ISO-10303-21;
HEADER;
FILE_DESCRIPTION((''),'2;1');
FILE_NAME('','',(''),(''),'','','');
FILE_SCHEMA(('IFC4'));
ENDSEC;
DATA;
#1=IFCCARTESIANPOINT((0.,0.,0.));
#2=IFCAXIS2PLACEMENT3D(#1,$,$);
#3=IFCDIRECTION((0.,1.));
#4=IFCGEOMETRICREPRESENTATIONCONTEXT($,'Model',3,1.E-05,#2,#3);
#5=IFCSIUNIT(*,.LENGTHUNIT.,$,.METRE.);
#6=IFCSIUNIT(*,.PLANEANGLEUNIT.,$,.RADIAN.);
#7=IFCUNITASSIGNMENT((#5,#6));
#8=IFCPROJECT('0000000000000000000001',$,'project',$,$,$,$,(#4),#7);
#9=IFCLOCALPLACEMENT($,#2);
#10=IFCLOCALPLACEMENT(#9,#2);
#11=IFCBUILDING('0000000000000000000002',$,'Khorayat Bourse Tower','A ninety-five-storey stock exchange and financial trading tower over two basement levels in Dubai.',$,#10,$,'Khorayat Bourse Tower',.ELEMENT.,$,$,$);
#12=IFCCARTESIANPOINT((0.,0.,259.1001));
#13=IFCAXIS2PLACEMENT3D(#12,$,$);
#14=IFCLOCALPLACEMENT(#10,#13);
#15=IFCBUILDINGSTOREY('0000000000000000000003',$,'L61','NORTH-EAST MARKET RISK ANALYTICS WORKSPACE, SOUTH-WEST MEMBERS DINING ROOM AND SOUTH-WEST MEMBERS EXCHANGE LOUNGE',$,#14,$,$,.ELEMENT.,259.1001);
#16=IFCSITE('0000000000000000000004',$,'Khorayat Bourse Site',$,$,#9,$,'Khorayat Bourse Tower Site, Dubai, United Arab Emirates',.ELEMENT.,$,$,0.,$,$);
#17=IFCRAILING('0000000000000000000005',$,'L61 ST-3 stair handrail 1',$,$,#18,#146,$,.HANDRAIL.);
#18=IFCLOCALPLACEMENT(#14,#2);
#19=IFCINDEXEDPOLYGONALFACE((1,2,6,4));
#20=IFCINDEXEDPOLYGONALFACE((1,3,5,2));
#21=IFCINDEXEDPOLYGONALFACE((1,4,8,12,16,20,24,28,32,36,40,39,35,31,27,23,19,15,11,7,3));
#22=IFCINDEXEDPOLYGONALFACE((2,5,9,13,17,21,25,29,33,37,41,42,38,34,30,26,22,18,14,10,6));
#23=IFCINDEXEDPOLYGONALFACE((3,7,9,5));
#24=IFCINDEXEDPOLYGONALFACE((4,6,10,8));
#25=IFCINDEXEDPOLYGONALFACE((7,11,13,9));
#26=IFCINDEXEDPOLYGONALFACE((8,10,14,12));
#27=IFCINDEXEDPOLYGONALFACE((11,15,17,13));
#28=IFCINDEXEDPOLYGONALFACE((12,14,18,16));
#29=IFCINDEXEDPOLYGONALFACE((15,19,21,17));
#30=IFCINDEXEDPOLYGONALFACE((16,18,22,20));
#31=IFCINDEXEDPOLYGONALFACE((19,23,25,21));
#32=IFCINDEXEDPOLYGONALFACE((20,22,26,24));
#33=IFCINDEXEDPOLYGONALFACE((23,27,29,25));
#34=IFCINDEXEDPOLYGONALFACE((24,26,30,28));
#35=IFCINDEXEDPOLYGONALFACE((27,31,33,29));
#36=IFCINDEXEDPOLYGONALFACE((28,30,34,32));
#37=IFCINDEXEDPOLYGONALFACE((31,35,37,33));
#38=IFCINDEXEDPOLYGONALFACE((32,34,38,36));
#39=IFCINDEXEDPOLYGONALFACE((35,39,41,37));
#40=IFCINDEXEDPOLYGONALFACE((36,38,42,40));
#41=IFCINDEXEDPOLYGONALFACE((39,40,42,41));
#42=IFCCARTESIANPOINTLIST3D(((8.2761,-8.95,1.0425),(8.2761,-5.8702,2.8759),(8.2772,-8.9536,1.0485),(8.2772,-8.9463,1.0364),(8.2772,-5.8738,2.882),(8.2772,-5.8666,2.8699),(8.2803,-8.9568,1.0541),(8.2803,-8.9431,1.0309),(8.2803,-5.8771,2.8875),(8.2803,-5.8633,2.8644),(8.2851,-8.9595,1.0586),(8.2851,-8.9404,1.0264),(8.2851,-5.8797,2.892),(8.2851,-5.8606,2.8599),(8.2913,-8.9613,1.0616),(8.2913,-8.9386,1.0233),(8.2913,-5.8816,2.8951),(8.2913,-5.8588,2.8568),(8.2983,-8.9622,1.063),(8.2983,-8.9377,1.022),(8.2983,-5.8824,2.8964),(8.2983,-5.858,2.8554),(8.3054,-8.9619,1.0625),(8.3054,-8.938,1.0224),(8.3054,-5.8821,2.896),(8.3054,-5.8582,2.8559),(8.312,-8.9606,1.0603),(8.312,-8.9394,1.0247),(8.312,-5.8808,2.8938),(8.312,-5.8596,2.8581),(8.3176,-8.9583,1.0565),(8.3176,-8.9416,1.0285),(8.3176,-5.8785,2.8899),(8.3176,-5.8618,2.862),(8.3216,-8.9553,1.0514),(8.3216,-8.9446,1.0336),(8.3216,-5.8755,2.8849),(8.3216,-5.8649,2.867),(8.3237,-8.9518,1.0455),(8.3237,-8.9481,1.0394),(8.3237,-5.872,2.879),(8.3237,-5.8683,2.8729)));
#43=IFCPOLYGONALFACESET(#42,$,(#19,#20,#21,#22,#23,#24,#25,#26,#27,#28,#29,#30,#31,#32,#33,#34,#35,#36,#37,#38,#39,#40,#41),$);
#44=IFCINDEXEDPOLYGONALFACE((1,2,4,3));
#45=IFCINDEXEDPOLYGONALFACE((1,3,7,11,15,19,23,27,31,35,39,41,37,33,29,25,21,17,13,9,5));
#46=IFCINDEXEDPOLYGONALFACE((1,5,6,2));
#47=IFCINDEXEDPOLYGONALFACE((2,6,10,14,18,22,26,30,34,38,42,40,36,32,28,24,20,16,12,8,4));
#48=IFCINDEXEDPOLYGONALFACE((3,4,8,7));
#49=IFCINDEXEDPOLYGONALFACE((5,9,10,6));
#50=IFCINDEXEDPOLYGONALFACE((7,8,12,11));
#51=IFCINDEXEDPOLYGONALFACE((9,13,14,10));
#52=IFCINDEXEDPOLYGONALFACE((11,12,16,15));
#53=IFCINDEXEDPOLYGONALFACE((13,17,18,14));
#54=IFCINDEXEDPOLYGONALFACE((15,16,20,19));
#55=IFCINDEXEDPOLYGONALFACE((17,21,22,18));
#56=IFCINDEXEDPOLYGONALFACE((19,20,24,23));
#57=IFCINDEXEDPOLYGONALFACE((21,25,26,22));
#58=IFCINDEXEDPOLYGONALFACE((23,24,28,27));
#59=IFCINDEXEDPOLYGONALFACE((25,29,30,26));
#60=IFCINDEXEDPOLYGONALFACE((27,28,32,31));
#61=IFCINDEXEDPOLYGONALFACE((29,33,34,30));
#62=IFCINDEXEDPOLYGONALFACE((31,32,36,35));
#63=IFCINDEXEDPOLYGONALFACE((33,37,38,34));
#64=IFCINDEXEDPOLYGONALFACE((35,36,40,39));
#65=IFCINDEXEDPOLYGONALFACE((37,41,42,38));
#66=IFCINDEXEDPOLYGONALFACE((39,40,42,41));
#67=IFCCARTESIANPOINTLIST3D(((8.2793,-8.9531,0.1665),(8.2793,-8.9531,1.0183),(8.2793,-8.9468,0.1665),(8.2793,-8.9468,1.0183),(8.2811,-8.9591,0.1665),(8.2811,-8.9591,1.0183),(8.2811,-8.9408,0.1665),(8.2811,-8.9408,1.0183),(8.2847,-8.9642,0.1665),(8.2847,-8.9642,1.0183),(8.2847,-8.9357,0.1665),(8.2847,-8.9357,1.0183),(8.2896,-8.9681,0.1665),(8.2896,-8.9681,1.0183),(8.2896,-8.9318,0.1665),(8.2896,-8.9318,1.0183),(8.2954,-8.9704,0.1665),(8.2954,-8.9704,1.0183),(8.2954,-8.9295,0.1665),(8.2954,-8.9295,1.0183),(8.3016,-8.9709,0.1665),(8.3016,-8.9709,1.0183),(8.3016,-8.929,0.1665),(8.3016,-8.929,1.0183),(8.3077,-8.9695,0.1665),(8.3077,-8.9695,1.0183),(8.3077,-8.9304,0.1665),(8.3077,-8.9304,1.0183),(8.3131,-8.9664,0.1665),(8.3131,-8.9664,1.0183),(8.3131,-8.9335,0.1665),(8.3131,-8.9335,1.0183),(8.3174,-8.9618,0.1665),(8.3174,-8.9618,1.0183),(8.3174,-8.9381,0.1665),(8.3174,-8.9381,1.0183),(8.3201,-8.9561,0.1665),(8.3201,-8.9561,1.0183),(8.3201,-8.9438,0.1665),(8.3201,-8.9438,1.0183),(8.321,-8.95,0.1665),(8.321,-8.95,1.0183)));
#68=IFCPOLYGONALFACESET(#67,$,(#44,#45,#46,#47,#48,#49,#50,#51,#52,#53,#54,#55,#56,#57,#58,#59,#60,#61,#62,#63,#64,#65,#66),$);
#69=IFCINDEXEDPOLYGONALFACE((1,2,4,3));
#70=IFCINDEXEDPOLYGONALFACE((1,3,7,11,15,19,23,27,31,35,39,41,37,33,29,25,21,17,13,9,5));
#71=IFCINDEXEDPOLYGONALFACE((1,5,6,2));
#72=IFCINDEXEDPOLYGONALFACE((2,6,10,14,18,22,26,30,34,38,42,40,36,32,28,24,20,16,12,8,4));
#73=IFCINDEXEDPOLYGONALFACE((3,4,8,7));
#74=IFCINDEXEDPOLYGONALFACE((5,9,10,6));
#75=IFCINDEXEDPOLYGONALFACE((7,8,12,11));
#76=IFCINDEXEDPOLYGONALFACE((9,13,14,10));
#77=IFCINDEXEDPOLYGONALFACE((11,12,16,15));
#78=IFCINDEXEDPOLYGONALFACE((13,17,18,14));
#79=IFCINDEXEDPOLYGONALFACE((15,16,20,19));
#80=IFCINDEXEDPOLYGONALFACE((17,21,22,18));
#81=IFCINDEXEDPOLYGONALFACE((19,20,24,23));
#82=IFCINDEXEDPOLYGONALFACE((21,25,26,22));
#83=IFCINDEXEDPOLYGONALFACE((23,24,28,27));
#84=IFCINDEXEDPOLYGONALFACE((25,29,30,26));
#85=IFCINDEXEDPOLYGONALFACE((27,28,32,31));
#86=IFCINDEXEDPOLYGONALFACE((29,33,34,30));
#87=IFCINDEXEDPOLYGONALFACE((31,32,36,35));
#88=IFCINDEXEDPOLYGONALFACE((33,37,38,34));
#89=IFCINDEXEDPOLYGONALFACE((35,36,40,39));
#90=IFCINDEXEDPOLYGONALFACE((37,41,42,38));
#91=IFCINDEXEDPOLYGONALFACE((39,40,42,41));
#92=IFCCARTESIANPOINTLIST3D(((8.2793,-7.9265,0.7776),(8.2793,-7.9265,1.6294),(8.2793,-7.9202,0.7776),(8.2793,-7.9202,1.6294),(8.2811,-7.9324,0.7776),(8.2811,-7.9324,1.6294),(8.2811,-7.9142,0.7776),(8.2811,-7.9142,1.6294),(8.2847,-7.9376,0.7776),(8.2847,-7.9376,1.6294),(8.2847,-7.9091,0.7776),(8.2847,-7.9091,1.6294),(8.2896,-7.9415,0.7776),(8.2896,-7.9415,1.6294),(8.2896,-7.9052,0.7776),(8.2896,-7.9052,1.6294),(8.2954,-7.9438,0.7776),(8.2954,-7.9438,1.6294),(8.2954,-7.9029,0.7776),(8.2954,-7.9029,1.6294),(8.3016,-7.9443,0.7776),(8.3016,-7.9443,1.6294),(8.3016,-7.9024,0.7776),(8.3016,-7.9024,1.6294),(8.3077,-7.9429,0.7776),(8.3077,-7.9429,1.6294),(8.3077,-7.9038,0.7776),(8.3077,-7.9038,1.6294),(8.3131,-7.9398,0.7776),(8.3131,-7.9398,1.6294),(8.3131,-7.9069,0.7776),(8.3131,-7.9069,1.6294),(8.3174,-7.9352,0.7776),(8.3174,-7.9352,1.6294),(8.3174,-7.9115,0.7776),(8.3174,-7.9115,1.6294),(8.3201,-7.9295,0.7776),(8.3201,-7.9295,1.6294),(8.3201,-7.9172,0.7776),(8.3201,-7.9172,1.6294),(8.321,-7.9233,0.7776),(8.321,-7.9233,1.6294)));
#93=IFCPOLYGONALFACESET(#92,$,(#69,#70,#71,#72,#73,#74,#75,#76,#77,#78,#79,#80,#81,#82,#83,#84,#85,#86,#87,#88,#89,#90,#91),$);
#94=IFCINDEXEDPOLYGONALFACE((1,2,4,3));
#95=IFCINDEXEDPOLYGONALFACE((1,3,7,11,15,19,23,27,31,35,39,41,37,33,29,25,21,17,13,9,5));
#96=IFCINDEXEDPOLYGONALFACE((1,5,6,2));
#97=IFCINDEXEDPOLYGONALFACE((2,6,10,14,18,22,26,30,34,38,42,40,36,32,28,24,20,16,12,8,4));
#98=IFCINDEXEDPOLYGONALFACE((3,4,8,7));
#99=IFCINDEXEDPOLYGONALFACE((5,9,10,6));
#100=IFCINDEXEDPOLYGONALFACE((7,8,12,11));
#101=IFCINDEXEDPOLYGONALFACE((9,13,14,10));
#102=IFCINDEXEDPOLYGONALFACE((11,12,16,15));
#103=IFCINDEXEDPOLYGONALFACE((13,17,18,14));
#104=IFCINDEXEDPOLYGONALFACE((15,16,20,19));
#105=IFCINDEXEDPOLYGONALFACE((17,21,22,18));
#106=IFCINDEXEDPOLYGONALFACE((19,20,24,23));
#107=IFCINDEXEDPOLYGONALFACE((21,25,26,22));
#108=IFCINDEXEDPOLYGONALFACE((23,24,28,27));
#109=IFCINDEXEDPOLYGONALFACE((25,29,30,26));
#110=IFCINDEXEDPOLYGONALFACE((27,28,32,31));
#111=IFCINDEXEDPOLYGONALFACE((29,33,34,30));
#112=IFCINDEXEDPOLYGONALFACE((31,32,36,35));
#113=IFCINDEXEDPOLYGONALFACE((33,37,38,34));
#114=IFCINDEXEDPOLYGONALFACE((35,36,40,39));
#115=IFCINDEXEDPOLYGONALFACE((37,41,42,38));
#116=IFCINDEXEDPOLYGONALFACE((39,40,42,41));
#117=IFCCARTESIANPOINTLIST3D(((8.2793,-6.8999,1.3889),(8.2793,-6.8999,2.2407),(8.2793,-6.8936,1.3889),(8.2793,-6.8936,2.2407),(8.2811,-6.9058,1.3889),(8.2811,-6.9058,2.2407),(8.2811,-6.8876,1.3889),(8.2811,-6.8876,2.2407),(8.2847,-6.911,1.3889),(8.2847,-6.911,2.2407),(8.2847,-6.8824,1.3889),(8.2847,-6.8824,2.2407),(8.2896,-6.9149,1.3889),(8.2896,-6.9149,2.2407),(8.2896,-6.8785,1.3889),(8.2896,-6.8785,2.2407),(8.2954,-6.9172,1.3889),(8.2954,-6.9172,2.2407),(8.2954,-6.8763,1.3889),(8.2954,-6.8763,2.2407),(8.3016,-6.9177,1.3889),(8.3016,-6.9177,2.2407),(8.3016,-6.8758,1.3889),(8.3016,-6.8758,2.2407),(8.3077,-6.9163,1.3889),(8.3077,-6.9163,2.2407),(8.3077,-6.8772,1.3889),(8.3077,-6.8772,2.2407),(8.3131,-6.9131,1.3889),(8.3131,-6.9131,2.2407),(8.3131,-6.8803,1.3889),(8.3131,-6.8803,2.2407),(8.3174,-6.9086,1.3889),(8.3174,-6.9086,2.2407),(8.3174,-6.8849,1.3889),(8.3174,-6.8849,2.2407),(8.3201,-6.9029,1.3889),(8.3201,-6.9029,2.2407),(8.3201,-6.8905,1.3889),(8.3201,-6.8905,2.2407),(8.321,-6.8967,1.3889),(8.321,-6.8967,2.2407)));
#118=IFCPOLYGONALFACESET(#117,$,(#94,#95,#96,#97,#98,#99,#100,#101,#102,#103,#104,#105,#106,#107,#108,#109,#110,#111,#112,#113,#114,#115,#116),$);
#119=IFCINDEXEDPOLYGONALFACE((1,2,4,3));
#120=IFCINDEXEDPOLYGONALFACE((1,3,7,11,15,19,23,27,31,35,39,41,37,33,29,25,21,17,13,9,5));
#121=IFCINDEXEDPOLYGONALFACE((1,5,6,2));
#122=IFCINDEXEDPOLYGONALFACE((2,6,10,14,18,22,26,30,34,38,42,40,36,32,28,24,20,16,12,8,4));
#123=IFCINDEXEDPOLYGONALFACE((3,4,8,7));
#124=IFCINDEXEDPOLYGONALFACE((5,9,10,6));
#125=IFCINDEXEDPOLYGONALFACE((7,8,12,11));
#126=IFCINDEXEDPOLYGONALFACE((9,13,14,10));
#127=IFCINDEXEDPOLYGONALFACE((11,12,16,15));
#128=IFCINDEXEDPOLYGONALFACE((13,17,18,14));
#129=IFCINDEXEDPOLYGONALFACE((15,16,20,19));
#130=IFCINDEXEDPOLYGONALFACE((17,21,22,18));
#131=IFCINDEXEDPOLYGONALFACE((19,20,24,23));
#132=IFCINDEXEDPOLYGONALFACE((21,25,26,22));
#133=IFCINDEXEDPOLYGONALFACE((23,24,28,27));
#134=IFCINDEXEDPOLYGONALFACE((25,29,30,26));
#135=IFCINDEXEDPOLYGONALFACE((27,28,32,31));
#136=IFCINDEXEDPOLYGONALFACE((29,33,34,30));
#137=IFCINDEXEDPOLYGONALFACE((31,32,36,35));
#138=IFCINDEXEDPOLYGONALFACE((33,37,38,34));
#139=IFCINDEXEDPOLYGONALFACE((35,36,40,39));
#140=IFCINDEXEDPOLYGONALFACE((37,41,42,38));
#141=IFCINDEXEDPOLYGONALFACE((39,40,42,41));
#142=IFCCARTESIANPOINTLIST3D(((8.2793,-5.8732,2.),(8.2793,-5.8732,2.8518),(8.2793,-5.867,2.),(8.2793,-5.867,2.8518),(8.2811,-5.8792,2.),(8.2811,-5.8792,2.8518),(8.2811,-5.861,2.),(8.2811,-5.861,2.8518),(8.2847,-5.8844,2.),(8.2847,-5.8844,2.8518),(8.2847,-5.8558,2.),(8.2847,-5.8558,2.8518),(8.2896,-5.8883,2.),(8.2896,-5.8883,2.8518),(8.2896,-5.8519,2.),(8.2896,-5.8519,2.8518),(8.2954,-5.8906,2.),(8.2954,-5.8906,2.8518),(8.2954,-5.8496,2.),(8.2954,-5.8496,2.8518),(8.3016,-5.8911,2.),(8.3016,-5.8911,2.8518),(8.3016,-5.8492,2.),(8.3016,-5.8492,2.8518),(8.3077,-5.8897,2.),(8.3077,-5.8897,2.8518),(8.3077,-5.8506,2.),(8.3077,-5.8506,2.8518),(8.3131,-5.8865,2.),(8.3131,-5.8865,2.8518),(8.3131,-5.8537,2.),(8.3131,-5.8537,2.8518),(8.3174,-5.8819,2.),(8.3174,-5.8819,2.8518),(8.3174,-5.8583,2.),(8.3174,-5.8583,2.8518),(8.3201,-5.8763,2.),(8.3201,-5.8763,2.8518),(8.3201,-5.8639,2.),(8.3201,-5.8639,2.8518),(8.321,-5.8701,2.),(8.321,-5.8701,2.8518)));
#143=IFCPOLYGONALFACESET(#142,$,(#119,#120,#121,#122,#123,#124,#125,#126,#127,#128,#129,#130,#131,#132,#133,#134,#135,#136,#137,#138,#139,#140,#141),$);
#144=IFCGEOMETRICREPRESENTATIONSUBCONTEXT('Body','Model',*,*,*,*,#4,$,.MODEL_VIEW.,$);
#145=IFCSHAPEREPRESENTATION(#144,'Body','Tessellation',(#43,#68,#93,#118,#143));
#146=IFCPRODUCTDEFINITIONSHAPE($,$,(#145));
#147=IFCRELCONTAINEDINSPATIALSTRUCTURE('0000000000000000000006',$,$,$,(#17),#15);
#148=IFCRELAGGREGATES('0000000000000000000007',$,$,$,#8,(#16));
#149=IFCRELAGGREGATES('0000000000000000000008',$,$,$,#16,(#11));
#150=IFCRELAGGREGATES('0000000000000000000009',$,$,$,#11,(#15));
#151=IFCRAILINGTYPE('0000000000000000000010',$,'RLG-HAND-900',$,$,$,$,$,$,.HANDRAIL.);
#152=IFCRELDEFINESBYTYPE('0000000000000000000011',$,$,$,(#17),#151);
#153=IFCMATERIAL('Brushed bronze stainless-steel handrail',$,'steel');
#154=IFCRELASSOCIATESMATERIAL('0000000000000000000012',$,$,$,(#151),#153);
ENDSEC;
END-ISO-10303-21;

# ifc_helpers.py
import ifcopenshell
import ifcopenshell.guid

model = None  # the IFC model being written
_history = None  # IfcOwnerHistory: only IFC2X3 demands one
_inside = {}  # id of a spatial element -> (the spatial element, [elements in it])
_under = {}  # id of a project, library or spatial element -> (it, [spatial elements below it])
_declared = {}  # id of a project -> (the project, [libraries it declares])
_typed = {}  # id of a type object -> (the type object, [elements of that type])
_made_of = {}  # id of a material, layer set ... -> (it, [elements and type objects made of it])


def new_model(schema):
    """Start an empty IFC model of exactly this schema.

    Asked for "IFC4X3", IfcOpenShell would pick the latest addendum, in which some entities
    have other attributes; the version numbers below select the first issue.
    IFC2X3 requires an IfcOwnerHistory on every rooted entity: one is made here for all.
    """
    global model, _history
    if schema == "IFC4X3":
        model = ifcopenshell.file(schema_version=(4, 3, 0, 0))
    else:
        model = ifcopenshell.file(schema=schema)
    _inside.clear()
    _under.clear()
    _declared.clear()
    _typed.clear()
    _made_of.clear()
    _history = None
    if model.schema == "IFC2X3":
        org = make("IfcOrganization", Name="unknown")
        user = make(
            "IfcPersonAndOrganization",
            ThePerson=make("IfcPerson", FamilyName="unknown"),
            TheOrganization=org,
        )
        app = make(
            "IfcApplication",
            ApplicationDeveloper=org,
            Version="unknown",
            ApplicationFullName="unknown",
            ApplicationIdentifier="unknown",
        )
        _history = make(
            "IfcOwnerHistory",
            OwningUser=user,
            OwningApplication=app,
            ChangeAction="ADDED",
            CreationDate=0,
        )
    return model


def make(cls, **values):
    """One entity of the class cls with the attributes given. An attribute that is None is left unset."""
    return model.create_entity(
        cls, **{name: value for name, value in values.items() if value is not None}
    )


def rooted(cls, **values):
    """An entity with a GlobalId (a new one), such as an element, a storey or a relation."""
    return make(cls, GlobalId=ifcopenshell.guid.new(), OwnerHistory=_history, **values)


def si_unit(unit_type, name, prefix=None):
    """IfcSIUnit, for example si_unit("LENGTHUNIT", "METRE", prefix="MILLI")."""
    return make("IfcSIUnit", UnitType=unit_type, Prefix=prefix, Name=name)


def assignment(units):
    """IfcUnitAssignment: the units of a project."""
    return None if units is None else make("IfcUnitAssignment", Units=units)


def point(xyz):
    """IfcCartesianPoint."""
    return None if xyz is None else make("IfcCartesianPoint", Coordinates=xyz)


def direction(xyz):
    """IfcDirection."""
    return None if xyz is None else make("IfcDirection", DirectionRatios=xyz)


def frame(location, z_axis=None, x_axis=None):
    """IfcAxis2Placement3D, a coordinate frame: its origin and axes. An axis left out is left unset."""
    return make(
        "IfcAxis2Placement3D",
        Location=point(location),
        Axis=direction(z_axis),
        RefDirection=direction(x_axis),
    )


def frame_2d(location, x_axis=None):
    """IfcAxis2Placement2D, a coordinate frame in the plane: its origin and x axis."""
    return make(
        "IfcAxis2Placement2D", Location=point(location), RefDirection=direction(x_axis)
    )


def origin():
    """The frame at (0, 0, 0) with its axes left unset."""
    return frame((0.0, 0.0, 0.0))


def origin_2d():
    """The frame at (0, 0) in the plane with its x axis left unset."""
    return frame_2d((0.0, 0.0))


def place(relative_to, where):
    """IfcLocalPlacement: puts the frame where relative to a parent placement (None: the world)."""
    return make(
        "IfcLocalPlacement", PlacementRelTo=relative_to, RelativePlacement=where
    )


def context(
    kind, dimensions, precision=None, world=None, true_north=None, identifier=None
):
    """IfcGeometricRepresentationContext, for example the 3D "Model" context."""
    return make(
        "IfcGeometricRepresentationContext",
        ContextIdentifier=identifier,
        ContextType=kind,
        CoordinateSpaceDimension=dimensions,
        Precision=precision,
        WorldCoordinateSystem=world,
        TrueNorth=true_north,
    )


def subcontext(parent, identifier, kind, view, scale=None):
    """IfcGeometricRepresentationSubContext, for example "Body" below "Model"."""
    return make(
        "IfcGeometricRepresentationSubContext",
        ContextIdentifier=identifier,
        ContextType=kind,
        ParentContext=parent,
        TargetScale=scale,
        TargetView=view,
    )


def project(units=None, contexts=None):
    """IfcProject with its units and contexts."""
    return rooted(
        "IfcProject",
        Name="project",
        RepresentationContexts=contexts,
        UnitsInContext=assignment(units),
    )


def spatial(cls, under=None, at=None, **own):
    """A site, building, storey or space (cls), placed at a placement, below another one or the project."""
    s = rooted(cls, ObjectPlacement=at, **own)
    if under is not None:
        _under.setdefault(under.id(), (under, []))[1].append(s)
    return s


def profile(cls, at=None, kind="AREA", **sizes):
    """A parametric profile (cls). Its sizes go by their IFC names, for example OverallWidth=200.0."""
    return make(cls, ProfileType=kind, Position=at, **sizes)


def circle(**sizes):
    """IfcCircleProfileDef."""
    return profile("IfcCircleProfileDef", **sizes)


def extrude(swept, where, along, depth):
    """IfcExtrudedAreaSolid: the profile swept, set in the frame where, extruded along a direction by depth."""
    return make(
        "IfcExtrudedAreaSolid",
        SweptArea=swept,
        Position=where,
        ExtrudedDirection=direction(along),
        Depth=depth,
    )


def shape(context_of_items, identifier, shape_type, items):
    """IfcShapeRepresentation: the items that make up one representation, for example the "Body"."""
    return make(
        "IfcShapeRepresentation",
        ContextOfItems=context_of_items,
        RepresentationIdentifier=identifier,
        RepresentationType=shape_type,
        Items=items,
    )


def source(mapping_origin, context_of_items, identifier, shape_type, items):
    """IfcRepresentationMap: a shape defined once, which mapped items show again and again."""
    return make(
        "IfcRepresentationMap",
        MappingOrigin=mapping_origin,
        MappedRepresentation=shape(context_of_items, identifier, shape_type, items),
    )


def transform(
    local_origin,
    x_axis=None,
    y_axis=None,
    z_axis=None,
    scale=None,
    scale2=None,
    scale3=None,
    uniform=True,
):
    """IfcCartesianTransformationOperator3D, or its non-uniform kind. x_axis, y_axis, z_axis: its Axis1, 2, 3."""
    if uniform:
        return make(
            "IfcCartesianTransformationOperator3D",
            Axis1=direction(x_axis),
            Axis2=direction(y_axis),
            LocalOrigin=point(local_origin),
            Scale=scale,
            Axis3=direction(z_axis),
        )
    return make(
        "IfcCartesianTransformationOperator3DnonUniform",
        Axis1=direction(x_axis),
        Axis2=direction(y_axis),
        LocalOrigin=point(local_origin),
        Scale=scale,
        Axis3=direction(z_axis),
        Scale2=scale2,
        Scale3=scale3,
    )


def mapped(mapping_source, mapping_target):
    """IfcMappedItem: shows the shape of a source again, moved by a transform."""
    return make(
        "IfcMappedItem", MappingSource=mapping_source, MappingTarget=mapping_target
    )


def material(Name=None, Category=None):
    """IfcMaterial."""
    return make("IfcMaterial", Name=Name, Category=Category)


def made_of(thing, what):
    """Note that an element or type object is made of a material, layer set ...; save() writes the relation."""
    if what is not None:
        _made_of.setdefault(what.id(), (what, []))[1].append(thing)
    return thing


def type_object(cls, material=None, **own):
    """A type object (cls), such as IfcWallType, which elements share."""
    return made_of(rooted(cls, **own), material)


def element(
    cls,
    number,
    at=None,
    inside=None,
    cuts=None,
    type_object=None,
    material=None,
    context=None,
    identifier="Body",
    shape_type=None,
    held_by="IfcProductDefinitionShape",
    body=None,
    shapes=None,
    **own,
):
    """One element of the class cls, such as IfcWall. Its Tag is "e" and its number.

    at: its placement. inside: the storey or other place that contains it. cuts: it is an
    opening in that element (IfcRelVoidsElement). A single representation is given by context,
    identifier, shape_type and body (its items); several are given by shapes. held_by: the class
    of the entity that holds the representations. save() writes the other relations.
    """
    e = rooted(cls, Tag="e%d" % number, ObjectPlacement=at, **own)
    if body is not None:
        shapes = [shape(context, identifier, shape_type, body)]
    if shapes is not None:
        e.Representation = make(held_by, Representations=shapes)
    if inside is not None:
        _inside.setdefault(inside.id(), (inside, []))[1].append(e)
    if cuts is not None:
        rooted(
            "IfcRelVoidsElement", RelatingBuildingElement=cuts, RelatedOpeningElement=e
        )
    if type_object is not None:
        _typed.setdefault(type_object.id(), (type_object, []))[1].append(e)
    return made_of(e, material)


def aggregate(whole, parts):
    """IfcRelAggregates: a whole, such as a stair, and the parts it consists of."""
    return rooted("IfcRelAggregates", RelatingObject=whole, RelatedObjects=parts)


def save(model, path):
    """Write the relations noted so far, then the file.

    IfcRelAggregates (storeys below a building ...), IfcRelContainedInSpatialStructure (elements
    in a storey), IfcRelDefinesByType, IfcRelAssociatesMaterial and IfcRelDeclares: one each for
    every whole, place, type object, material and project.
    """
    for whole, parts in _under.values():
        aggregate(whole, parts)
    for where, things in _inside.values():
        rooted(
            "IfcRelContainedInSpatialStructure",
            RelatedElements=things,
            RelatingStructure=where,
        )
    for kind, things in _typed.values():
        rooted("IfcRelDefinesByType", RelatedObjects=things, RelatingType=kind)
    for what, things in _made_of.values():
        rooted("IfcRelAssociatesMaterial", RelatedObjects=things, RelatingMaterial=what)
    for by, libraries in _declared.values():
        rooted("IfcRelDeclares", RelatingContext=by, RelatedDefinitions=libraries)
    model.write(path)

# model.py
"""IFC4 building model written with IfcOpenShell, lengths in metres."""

from ifc_helpers import new_model, si_unit, direction, frame, origin, origin_2d, place, context, subcontext, project, spatial, circle, extrude, source, transform, mapped, material, type_object, element, save


model = new_model("IFC4")

# Units and contexts
model_context = context("Model", 3, precision=1e-05, world=origin(), true_north=direction((0.0, 1.0)))
body_context = subcontext(model_context, "Body", "Model", "MODEL_VIEW")
ifc_project = project(units=[si_unit("LENGTHUNIT", "METRE"), si_unit("PLANEANGLEUNIT", "RADIAN")], contexts=[model_context])

# Site, building, storey
site_placement = place(None, origin())
site = spatial("IfcSite", under=ifc_project, at=site_placement, Name="Khorayat Bourse Site", LongName="Khorayat Bourse Tower Site, Dubai, United Arab Emirates", CompositionType="ELEMENT", RefElevation=0.0)
building_placement = place(site_placement, origin())
building = spatial("IfcBuilding", under=site, at=building_placement, Name="Khorayat Bourse Tower", Description="A ninety-five-storey stock exchange and financial trading tower over two basement levels in Dubai.", LongName="Khorayat Bourse Tower", CompositionType="ELEMENT")
storey_placement = place(building_placement, frame((0.0, 0.0, 259.1001)))
storey = spatial("IfcBuildingStorey", under=building, at=storey_placement, Name="L61", Description="NORTH-EAST MARKET RISK ANALYTICS WORKSPACE, SOUTH-WEST MEMBERS DINING ROOM AND SOUTH-WEST MEMBERS EXCHANGE LOUNGE", CompositionType="ELEMENT", Elevation=259.1001)

# Railing
ifc_material_1 = material(Name="Brushed bronze stainless-steel handrail", Category="steel")
railing_type_1 = type_object("IfcRailingType", Name="RLG-HAND-900", PredefinedType="HANDRAIL", material=ifc_material_1)
shared_shape_1 = source(origin(), body_context, "Body", "SweptSolid", [
    extrude(circle(Radius=0.0239, at=origin_2d()), frame((0.0, 0.0, 0.876), z_axis=(0.0, 0.859261, 0.511538), x_axis=(-1.0, 0.0, 0.0)), (0.0, 0.0, 1.0), 3.5842),
    extrude(circle(Radius=0.021, at=origin_2d()), origin(), (0.0, 0.0, 1.0), 0.8518),
    extrude(circle(Radius=0.021, at=origin_2d()), frame((0.0, 1.0266, 0.6111)), (0.0, 0.0, 1.0), 0.8518),
    extrude(circle(Radius=0.021, at=origin_2d()), frame((0.0, 2.0532, 1.2224)), (0.0, 0.0, 1.0), 0.8518),
    extrude(circle(Radius=0.021, at=origin_2d()), frame((0.0, 3.0798, 1.8335)), (0.0, 0.0, 1.0), 0.8518),
])
railing_1_placement = place(storey_placement, frame((8.3, -8.95, 0.1665)))
element("IfcRailing", 1, at=railing_1_placement, inside=storey, type_object=railing_type_1, Name="L61 ST-3 stair handrail 1", PredefinedType="HANDRAIL", context=body_context, shape_type="MappedRepresentation", body=[
    mapped(shared_shape_1, transform((0.0, 0.0, 0.0), scale=1.0)),
])

save(model, "model.ifc")
